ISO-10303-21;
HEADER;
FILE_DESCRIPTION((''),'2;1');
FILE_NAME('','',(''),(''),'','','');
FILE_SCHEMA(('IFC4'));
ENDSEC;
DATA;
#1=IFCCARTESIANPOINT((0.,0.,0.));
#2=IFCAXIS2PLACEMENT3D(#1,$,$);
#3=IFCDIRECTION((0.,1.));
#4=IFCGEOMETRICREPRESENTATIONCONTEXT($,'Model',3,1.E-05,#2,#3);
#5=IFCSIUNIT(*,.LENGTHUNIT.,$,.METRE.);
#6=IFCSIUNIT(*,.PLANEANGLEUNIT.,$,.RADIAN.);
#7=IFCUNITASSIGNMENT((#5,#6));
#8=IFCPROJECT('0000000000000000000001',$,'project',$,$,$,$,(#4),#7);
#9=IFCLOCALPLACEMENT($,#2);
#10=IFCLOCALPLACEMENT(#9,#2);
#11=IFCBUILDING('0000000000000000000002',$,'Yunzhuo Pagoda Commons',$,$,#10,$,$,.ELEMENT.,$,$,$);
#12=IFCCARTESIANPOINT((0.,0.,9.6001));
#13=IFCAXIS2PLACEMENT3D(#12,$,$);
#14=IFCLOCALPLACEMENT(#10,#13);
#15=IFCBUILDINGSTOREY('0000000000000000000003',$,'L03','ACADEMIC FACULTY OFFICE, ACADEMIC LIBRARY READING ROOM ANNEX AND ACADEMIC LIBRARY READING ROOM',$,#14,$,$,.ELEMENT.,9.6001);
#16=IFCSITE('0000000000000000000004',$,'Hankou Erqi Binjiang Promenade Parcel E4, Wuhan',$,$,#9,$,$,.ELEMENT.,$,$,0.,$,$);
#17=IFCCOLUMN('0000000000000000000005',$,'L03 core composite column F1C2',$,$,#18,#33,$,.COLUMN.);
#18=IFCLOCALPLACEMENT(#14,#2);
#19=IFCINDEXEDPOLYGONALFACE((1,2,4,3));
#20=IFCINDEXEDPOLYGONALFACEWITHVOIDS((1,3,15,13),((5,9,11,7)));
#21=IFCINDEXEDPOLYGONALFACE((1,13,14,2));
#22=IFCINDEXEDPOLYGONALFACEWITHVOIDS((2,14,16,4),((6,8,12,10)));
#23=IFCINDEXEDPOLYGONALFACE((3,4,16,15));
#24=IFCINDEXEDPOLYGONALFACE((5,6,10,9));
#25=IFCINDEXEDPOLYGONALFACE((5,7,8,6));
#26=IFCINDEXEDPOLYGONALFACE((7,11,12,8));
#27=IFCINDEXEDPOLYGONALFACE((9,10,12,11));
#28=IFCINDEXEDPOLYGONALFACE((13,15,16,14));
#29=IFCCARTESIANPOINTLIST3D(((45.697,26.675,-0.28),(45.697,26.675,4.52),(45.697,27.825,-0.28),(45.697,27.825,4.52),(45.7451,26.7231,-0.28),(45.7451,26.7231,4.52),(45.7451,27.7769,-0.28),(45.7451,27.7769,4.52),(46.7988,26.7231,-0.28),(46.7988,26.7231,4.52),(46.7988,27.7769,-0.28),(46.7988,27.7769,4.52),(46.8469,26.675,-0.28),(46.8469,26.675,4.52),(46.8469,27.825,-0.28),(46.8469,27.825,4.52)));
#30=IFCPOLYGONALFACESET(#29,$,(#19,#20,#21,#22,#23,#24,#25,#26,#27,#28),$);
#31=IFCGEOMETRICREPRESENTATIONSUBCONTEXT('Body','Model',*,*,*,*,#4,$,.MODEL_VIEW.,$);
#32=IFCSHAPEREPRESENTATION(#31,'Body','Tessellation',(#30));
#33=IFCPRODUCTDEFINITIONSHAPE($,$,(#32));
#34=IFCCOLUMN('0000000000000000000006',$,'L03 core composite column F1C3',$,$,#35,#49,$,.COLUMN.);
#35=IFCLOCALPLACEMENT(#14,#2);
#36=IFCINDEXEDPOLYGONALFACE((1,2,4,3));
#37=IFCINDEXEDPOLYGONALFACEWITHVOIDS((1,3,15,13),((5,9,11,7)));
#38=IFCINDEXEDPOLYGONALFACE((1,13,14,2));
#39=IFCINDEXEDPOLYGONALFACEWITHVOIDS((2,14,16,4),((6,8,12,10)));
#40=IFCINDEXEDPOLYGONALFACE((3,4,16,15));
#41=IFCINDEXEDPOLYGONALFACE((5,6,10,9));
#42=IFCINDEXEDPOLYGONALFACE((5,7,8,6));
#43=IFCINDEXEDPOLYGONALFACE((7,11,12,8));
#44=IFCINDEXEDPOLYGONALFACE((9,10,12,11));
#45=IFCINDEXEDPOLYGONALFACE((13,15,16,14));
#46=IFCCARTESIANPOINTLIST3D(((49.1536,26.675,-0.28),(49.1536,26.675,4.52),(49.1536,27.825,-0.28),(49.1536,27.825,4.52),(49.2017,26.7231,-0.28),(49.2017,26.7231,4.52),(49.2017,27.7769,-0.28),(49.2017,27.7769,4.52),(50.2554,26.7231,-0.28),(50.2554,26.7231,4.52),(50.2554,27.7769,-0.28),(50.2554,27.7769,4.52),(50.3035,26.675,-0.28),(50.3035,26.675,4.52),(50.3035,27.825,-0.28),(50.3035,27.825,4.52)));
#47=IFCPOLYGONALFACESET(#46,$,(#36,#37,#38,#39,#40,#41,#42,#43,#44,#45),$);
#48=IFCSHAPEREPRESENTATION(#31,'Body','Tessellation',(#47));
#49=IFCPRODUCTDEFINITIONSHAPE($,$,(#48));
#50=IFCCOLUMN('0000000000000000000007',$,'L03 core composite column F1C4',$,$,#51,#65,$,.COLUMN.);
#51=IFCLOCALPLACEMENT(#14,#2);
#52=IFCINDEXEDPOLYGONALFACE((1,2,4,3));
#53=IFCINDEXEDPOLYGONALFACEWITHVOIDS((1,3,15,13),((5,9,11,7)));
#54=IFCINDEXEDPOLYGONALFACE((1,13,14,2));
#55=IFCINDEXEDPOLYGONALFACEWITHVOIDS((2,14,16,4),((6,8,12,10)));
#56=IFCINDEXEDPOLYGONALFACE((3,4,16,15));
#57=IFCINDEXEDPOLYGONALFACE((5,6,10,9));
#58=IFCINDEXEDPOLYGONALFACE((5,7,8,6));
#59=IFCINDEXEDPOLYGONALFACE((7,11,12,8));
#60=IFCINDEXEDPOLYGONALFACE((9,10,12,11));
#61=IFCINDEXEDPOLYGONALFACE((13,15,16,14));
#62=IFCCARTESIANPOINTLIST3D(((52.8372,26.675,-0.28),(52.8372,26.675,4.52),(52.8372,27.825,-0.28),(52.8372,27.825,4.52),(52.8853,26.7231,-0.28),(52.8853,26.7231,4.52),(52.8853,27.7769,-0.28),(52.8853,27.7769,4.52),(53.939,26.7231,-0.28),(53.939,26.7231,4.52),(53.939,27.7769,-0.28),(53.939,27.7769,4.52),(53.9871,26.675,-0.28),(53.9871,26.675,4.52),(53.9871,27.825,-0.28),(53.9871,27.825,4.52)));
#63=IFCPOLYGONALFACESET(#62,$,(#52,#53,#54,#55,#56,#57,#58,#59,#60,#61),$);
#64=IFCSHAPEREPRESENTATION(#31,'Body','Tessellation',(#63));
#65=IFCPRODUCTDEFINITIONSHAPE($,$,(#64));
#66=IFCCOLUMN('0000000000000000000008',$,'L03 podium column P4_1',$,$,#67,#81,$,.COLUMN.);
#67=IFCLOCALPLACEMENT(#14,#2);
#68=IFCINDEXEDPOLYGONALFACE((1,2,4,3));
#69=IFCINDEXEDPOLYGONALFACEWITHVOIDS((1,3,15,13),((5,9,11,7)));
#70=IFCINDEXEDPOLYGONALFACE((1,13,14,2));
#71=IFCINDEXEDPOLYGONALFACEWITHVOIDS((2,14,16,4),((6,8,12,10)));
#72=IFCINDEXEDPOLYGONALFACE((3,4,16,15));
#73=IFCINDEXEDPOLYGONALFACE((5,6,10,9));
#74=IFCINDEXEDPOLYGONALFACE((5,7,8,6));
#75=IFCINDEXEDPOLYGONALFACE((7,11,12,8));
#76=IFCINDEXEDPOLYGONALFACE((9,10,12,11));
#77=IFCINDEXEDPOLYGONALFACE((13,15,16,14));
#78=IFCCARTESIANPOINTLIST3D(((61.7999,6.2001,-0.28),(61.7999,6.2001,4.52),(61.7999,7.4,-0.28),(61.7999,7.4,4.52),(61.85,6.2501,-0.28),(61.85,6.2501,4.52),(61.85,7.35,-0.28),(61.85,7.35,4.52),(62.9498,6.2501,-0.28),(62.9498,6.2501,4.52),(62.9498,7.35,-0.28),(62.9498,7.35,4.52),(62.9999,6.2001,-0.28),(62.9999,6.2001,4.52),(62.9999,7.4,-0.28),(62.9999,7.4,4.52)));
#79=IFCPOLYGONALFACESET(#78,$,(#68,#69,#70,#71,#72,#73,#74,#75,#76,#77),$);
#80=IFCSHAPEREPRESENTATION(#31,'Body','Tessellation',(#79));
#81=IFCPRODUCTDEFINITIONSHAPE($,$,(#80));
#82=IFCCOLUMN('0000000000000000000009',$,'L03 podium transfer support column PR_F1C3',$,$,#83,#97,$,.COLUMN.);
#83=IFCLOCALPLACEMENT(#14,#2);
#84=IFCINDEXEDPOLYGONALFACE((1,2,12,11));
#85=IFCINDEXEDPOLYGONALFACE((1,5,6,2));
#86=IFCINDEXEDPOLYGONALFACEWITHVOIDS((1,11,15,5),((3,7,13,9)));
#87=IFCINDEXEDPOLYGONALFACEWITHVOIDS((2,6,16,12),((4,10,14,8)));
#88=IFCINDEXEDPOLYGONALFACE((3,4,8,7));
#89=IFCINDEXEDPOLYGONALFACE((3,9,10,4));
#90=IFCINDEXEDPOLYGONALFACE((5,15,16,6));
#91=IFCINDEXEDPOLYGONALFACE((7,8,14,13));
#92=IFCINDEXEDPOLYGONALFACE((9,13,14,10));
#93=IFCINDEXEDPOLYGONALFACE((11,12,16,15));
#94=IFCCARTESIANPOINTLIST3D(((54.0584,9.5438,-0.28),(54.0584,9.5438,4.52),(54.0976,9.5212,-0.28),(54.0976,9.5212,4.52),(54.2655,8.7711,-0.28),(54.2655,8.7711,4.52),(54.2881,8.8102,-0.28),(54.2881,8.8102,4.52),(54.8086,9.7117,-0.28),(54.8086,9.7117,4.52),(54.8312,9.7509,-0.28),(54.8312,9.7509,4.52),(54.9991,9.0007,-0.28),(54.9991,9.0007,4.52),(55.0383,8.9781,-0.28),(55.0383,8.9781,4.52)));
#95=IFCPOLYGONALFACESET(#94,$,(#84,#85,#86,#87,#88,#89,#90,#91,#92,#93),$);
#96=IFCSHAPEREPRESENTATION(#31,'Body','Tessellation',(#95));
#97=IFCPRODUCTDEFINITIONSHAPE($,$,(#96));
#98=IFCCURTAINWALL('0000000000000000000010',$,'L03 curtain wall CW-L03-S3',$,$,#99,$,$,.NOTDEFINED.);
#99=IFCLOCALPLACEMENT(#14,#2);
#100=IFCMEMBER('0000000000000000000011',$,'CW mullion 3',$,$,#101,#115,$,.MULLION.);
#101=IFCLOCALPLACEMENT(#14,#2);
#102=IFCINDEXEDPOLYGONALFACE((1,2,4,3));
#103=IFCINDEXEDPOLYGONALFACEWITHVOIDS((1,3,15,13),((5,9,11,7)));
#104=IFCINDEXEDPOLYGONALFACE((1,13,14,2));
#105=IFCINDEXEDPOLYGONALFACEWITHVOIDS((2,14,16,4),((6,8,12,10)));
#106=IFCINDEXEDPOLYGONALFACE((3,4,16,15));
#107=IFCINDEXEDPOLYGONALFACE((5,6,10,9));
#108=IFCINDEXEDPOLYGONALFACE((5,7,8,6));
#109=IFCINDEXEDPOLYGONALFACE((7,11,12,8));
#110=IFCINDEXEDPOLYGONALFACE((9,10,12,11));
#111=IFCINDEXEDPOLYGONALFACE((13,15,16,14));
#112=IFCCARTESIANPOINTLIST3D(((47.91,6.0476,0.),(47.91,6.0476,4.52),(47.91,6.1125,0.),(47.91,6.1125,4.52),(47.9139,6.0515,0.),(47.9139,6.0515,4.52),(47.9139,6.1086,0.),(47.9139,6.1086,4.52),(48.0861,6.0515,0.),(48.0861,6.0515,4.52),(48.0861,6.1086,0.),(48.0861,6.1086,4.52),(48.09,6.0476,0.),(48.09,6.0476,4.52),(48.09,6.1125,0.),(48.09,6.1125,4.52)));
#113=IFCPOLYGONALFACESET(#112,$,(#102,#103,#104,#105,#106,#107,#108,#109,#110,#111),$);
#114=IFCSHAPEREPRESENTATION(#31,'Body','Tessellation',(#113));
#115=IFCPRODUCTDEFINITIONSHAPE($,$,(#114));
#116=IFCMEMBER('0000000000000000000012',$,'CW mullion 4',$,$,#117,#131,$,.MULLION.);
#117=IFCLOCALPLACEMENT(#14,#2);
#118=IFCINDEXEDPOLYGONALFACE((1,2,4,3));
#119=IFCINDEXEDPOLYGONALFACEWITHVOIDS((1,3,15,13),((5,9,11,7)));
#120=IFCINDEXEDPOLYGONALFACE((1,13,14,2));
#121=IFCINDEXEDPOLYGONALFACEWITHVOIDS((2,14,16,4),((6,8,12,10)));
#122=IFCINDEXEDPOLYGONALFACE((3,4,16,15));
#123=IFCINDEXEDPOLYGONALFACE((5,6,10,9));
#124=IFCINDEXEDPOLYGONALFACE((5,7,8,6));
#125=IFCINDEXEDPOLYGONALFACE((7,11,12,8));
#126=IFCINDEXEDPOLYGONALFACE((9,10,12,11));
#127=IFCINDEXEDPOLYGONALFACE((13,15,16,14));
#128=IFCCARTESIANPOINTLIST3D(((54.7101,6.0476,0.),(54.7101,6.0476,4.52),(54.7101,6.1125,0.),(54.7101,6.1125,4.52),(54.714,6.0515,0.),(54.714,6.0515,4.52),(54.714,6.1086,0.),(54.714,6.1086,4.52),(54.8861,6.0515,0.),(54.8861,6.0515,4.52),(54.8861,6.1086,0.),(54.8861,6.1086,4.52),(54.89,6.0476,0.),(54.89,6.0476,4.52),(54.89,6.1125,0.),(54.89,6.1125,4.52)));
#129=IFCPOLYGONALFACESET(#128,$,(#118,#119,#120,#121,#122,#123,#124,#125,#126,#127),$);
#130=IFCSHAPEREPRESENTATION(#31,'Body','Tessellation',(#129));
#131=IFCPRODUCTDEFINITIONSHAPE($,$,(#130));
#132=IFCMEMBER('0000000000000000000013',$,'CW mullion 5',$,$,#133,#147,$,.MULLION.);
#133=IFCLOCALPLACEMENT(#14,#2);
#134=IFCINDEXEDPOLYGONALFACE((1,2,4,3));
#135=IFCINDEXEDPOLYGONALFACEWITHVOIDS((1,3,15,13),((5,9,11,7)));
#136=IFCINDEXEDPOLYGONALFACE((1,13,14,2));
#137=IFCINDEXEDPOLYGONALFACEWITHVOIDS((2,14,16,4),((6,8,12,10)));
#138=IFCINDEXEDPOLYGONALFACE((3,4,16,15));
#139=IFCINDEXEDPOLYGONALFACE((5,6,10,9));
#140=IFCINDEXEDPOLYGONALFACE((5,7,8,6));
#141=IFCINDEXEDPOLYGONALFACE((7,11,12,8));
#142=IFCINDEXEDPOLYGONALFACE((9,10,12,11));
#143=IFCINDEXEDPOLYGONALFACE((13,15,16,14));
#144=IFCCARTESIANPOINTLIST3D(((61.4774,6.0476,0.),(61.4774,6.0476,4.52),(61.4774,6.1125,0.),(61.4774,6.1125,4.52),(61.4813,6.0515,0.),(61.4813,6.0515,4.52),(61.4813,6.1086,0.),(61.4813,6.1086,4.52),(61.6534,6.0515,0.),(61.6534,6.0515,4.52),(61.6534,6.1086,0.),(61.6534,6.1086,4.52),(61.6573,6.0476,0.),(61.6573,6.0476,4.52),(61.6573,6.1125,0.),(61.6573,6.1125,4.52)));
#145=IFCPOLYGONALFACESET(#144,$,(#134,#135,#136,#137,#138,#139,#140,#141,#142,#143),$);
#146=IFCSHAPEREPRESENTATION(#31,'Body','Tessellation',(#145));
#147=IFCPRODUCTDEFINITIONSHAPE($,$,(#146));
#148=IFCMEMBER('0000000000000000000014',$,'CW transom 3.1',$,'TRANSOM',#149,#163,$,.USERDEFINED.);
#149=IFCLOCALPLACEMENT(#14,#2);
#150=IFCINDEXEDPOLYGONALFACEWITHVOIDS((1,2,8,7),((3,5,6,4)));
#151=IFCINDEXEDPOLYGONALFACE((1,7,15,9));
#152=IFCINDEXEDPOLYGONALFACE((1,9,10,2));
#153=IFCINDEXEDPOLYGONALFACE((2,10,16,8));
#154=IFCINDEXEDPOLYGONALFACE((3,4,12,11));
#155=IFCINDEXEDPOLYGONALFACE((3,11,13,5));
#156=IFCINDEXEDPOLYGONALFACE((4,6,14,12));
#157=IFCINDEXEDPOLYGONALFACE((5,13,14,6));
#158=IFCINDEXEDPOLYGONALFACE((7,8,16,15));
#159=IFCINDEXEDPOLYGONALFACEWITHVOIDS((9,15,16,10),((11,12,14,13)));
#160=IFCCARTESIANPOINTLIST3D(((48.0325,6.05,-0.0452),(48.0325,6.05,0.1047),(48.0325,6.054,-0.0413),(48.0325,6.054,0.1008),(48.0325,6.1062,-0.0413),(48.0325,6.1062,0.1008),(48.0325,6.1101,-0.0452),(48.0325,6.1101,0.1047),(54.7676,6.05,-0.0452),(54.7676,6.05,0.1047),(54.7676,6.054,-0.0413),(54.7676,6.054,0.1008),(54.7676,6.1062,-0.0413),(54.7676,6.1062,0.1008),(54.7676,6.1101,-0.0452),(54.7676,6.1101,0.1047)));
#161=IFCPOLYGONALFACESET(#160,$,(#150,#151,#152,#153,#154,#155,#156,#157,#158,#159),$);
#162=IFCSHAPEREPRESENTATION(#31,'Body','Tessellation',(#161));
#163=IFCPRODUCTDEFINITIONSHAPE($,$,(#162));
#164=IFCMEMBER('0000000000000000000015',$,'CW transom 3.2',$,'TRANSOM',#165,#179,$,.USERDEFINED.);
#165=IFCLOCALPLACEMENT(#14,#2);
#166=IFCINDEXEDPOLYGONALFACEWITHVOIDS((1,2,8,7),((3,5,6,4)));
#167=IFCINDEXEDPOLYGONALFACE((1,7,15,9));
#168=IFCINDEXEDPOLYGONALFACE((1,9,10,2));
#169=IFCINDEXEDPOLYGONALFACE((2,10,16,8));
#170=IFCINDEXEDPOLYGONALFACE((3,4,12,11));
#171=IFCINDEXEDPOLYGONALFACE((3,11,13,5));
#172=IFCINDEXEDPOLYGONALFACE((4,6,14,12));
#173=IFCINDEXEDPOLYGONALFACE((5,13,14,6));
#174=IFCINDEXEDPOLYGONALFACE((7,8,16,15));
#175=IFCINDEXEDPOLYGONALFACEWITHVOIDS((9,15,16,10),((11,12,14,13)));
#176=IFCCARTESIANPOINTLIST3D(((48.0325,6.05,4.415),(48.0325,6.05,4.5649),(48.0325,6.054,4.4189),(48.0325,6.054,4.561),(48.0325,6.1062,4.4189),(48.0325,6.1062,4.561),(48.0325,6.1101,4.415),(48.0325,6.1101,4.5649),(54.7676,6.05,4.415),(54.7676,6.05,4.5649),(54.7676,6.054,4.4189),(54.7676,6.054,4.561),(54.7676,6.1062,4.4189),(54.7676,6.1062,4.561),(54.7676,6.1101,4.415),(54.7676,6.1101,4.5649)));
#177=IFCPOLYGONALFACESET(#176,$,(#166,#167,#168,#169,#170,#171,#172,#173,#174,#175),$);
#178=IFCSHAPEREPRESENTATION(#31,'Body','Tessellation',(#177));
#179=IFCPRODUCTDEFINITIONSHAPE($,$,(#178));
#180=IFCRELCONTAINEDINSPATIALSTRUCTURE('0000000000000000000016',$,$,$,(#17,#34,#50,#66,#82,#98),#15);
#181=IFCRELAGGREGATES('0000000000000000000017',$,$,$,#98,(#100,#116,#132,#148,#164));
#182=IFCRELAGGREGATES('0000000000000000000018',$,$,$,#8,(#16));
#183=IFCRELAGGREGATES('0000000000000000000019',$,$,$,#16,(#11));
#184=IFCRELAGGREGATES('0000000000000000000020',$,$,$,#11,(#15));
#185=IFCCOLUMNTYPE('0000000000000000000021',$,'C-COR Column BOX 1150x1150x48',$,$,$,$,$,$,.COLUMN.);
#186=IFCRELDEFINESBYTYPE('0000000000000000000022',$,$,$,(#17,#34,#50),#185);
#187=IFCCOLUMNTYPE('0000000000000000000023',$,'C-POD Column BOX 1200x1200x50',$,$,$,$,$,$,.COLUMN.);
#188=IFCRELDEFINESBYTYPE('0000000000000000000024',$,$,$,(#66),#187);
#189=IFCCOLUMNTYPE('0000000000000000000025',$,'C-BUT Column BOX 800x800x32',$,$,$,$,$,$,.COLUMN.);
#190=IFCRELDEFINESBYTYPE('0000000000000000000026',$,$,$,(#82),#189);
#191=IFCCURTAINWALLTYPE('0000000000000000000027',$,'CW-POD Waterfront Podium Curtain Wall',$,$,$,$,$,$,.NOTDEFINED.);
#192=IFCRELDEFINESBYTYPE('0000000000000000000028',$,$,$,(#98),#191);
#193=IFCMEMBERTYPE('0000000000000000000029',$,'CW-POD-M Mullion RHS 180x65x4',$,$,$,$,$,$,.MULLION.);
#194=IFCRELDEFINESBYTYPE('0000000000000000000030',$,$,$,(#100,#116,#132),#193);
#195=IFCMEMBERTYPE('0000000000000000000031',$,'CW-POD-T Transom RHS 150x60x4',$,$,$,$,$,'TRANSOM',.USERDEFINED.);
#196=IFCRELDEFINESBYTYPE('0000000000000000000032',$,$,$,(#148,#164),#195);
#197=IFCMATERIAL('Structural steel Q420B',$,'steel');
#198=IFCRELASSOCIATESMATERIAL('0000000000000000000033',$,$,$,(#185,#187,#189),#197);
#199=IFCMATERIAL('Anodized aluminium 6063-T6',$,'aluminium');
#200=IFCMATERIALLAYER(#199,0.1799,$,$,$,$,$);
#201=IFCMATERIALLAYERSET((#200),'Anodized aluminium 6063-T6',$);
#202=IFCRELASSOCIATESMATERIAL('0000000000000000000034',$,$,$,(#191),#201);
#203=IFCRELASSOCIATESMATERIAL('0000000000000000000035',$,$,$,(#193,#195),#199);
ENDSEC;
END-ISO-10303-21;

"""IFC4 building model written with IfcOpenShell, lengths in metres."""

from ifc_helpers import new_model, si_unit, direction, frame, origin, origin_2d, place, context, subcontext, project, spatial, hollow_rectangle, extrude, source, transform, mapped, material, layer, layer_set, material_profile, profile_set, type_object, element, aggregate, save


model = new_model("IFC4")

# Units and contexts
model_context = context("Model", 3, precision=1e-05, world=origin(), true_north=direction((0.0, 1.0)))
body_context = subcontext(model_context, "Body", "Model", "MODEL_VIEW")
ifc_project = project(units=[si_unit("LENGTHUNIT", "METRE"), si_unit("PLANEANGLEUNIT", "RADIAN")], contexts=[model_context])

# Site, building, storey
site_placement = place(None, origin())
site = spatial("IfcSite", under=ifc_project, at=site_placement, Name="Hankou Erqi Binjiang Promenade Parcel E4, Wuhan", CompositionType="ELEMENT", RefElevation=0.0)
building_placement = place(site_placement, origin())
building = spatial("IfcBuilding", under=site, at=building_placement, Name="Yunzhuo Pagoda Commons", CompositionType="ELEMENT")
storey_placement = place(building_placement, frame((0.0, 0.0, 9.6001)))
storey = spatial("IfcBuildingStorey", under=building, at=storey_placement, Name="L03", Description="ACADEMIC FACULTY OFFICE, ACADEMIC LIBRARY READING ROOM ANNEX AND ACADEMIC LIBRARY READING ROOM", CompositionType="ELEMENT", Elevation=9.6001)

# Columns
ifc_material_1 = material(Name="Structural steel Q420B", Category="steel")
ifc_material_profile_1 = material_profile(ifc_material_1, hollow_rectangle(XDim=1.1499, YDim=1.1499, WallThickness=0.0481, at=origin_2d()), Name="Structural steel Q420B")
ifc_profile_set_1 = profile_set([ifc_material_profile_1], Name="Structural steel Q420B")
column_type_1 = type_object("IfcColumnType", Name="C-COR Column BOX 1150x1150x48", PredefinedType="COLUMN", material=ifc_profile_set_1)
shared_shape_1 = source(origin(), body_context, "Body", "SweptSolid", [
    extrude(hollow_rectangle(XDim=1.1499, YDim=1.1499, WallThickness=0.0481, at=origin_2d()), origin(), (0.0, 0.0, 1.0), 4.8),
])
for number, where, z_axis, x_axis, name in (
    (1, (46.272, 27.25, -0.28), (0.0, 0.0, 1.0), (1.0, 0.0, 0.0), "L03 core composite column F1C2"),
    (2, (49.7285, 27.25, -0.28), (0.0, 0.0, 1.0), (1.0, 0.0, 0.0), "L03 core composite column F1C3"),
    (3, (53.4121, 27.25, -0.28), (0.0, 0.0, 1.0), (1.0, 0.0, 0.0), "L03 core composite column F1C4"),
):
    element("IfcColumn", number, at=place(storey_placement, frame(where, z_axis=z_axis, x_axis=x_axis)), inside=storey, type_object=column_type_1, Name=name, PredefinedType="COLUMN", context=body_context, shape_type="MappedRepresentation", body=[
        mapped(shared_shape_1, transform((0.0, 0.0, 0.0), scale=1.0)),
    ])
ifc_material_profile_2 = material_profile(ifc_material_1, hollow_rectangle(XDim=1.2, YDim=1.2, WallThickness=0.05, at=origin_2d()), Name="Structural steel Q420B")
ifc_profile_set_2 = profile_set([ifc_material_profile_2], Name="Structural steel Q420B")
column_type_2 = type_object("IfcColumnType", Name="C-POD Column BOX 1200x1200x50", PredefinedType="COLUMN", material=ifc_profile_set_2)
shared_shape_2 = source(origin(), body_context, "Body", "SweptSolid", [
    extrude(hollow_rectangle(XDim=1.2, YDim=1.2, WallThickness=0.05, at=origin_2d()), origin(), (0.0, 0.0, 1.0), 4.8),
])
column_1_placement = place(storey_placement, frame((62.3999, 6.8, -0.28), z_axis=(0.0, 0.0, 1.0), x_axis=(1.0, 0.0, 0.0)))
element("IfcColumn", 4, at=column_1_placement, inside=storey, type_object=column_type_2, Name="L03 podium column P4_1", PredefinedType="COLUMN", context=body_context, shape_type="MappedRepresentation", body=[
    mapped(shared_shape_2, transform((0.0, 0.0, 0.0), scale=1.0)),
])
ifc_material_profile_3 = material_profile(ifc_material_1, hollow_rectangle(XDim=0.8, YDim=0.8, WallThickness=0.032, at=origin_2d()), Name="Structural steel Q420B")
ifc_profile_set_3 = profile_set([ifc_material_profile_3], Name="Structural steel Q420B")
column_type_3 = type_object("IfcColumnType", Name="C-BUT Column BOX 800x800x32", PredefinedType="COLUMN", material=ifc_profile_set_3)
shared_shape_3 = source(origin(), body_context, "Body", "SweptSolid", [
    extrude(hollow_rectangle(XDim=0.8, YDim=0.8, WallThickness=0.032, at=origin_2d()), origin(), (0.0, 0.0, 1.0), 4.8),
])
column_2_placement = place(storey_placement, frame((54.5483, 9.261, -0.28), z_axis=(0.0, 0.0, 1.0), x_axis=(0.965926, 0.258819, 0.0)))
element("IfcColumn", 5, at=column_2_placement, inside=storey, type_object=column_type_3, Name="L03 podium transfer support column PR_F1C3", PredefinedType="COLUMN", context=body_context, shape_type="MappedRepresentation", body=[
    mapped(shared_shape_3, transform((0.0, 0.0, 0.0), scale=1.0)),
])

# Curtain wall, members
ifc_material_2 = material(Name="Anodized aluminium 6063-T6", Category="aluminium")
ifc_layer_1 = layer(ifc_material_2, 0.1799)
ifc_layer_set_1 = layer_set([ifc_layer_1], Name="Anodized aluminium 6063-T6")
curtain_wall_type = type_object("IfcCurtainWallType", Name="CW-POD Waterfront Podium Curtain Wall", PredefinedType="NOTDEFINED", material=ifc_layer_set_1)
curtain_wall_placement = place(storey_placement, origin())
curtain_wall = element("IfcCurtainWall", 6, at=curtain_wall_placement, inside=storey, type_object=curtain_wall_type, Name="L03 curtain wall CW-L03-S3", PredefinedType="NOTDEFINED")
ifc_material_profile_4 = material_profile(ifc_material_2, hollow_rectangle(XDim=0.0649, YDim=0.1799, WallThickness=0.0039, at=origin_2d()), Name="Anodized aluminium 6063-T6")
ifc_profile_set_4 = profile_set([ifc_material_profile_4], Name="Anodized aluminium 6063-T6")
member_type_1 = type_object("IfcMemberType", Name="CW-POD-M Mullion RHS 180x65x4", PredefinedType="MULLION", material=ifc_profile_set_4)
shared_shape_4 = source(origin(), body_context, "Body", "SweptSolid", [
    extrude(hollow_rectangle(XDim=0.0649, YDim=0.1799, WallThickness=0.0039, at=origin_2d()), origin(), (0.0, 0.0, 1.0), 4.52),
])
member_1_placement = place(storey_placement, frame((48.0, 6.0801, 0.0), z_axis=(0.0, 0.0, 1.0), x_axis=(0.0, 1.0, 0.0)))
member_1 = element("IfcMember", 7, at=member_1_placement, type_object=member_type_1, Name="CW mullion 3", PredefinedType="MULLION", context=body_context, shape_type="MappedRepresentation", body=[
    mapped(shared_shape_4, transform((0.0, 0.0, 0.0), scale=1.0)),
])
member_2_placement = place(storey_placement, frame((54.8, 6.0801, 0.0), z_axis=(0.0, 0.0, 1.0), x_axis=(0.0, 1.0, 0.0)))
member_2 = element("IfcMember", 8, at=member_2_placement, type_object=member_type_1, Name="CW mullion 4", PredefinedType="MULLION", context=body_context, shape_type="MappedRepresentation", body=[
    mapped(shared_shape_4, transform((0.0, 0.0, 0.0), scale=1.0)),
])
member_3_placement = place(storey_placement, frame((61.5674, 6.0801, 0.0), z_axis=(0.0, 0.0, 1.0), x_axis=(0.0, 1.0, 0.0)))
member_3 = element("IfcMember", 9, at=member_3_placement, type_object=member_type_1, Name="CW mullion 5", PredefinedType="MULLION", context=body_context, shape_type="MappedRepresentation", body=[
    mapped(shared_shape_4, transform((0.0, 0.0, 0.0), scale=1.0)),
])
ifc_material_profile_5 = material_profile(ifc_material_2, hollow_rectangle(XDim=0.0601, YDim=0.1499, WallThickness=0.0039, at=origin_2d()), Name="Anodized aluminium 6063-T6")
ifc_profile_set_5 = profile_set([ifc_material_profile_5], Name="Anodized aluminium 6063-T6")
member_type_2 = type_object("IfcMemberType", Name="CW-POD-T Transom RHS 150x60x4", ElementType="TRANSOM", PredefinedType="USERDEFINED", material=ifc_profile_set_5)
shared_shape_5 = source(origin(), body_context, "Body", "SweptSolid", [
    extrude(hollow_rectangle(XDim=0.0601, YDim=0.1499, WallThickness=0.0039, at=origin_2d()), origin(), (0.0, 0.0, 1.0), 6.7351),
])
member_4_placement = place(storey_placement, frame((48.0325, 6.0801, 0.0298), z_axis=(1.0, 0.0, 0.0), x_axis=(0.0, 1.0, 0.0)))
member_4 = element("IfcMember", 10, at=member_4_placement, type_object=member_type_2, Name="CW transom 3.1", ObjectType="TRANSOM", PredefinedType="USERDEFINED", context=body_context, shape_type="MappedRepresentation", body=[
    mapped(shared_shape_5, transform((0.0, 0.0, 0.0), scale=1.0)),
])
member_5_placement = place(storey_placement, frame((48.0325, 6.0801, 4.49), z_axis=(1.0, 0.0, 0.0), x_axis=(0.0, 1.0, 0.0)))
member_5 = element("IfcMember", 11, at=member_5_placement, type_object=member_type_2, Name="CW transom 3.2", ObjectType="TRANSOM", PredefinedType="USERDEFINED", context=body_context, shape_type="MappedRepresentation", body=[
    mapped(shared_shape_5, transform((0.0, 0.0, 0.0), scale=1.0)),
])
aggregate(curtain_wall, [member_1, member_2, member_3, member_4, member_5])

save(model, "model.ifc")
